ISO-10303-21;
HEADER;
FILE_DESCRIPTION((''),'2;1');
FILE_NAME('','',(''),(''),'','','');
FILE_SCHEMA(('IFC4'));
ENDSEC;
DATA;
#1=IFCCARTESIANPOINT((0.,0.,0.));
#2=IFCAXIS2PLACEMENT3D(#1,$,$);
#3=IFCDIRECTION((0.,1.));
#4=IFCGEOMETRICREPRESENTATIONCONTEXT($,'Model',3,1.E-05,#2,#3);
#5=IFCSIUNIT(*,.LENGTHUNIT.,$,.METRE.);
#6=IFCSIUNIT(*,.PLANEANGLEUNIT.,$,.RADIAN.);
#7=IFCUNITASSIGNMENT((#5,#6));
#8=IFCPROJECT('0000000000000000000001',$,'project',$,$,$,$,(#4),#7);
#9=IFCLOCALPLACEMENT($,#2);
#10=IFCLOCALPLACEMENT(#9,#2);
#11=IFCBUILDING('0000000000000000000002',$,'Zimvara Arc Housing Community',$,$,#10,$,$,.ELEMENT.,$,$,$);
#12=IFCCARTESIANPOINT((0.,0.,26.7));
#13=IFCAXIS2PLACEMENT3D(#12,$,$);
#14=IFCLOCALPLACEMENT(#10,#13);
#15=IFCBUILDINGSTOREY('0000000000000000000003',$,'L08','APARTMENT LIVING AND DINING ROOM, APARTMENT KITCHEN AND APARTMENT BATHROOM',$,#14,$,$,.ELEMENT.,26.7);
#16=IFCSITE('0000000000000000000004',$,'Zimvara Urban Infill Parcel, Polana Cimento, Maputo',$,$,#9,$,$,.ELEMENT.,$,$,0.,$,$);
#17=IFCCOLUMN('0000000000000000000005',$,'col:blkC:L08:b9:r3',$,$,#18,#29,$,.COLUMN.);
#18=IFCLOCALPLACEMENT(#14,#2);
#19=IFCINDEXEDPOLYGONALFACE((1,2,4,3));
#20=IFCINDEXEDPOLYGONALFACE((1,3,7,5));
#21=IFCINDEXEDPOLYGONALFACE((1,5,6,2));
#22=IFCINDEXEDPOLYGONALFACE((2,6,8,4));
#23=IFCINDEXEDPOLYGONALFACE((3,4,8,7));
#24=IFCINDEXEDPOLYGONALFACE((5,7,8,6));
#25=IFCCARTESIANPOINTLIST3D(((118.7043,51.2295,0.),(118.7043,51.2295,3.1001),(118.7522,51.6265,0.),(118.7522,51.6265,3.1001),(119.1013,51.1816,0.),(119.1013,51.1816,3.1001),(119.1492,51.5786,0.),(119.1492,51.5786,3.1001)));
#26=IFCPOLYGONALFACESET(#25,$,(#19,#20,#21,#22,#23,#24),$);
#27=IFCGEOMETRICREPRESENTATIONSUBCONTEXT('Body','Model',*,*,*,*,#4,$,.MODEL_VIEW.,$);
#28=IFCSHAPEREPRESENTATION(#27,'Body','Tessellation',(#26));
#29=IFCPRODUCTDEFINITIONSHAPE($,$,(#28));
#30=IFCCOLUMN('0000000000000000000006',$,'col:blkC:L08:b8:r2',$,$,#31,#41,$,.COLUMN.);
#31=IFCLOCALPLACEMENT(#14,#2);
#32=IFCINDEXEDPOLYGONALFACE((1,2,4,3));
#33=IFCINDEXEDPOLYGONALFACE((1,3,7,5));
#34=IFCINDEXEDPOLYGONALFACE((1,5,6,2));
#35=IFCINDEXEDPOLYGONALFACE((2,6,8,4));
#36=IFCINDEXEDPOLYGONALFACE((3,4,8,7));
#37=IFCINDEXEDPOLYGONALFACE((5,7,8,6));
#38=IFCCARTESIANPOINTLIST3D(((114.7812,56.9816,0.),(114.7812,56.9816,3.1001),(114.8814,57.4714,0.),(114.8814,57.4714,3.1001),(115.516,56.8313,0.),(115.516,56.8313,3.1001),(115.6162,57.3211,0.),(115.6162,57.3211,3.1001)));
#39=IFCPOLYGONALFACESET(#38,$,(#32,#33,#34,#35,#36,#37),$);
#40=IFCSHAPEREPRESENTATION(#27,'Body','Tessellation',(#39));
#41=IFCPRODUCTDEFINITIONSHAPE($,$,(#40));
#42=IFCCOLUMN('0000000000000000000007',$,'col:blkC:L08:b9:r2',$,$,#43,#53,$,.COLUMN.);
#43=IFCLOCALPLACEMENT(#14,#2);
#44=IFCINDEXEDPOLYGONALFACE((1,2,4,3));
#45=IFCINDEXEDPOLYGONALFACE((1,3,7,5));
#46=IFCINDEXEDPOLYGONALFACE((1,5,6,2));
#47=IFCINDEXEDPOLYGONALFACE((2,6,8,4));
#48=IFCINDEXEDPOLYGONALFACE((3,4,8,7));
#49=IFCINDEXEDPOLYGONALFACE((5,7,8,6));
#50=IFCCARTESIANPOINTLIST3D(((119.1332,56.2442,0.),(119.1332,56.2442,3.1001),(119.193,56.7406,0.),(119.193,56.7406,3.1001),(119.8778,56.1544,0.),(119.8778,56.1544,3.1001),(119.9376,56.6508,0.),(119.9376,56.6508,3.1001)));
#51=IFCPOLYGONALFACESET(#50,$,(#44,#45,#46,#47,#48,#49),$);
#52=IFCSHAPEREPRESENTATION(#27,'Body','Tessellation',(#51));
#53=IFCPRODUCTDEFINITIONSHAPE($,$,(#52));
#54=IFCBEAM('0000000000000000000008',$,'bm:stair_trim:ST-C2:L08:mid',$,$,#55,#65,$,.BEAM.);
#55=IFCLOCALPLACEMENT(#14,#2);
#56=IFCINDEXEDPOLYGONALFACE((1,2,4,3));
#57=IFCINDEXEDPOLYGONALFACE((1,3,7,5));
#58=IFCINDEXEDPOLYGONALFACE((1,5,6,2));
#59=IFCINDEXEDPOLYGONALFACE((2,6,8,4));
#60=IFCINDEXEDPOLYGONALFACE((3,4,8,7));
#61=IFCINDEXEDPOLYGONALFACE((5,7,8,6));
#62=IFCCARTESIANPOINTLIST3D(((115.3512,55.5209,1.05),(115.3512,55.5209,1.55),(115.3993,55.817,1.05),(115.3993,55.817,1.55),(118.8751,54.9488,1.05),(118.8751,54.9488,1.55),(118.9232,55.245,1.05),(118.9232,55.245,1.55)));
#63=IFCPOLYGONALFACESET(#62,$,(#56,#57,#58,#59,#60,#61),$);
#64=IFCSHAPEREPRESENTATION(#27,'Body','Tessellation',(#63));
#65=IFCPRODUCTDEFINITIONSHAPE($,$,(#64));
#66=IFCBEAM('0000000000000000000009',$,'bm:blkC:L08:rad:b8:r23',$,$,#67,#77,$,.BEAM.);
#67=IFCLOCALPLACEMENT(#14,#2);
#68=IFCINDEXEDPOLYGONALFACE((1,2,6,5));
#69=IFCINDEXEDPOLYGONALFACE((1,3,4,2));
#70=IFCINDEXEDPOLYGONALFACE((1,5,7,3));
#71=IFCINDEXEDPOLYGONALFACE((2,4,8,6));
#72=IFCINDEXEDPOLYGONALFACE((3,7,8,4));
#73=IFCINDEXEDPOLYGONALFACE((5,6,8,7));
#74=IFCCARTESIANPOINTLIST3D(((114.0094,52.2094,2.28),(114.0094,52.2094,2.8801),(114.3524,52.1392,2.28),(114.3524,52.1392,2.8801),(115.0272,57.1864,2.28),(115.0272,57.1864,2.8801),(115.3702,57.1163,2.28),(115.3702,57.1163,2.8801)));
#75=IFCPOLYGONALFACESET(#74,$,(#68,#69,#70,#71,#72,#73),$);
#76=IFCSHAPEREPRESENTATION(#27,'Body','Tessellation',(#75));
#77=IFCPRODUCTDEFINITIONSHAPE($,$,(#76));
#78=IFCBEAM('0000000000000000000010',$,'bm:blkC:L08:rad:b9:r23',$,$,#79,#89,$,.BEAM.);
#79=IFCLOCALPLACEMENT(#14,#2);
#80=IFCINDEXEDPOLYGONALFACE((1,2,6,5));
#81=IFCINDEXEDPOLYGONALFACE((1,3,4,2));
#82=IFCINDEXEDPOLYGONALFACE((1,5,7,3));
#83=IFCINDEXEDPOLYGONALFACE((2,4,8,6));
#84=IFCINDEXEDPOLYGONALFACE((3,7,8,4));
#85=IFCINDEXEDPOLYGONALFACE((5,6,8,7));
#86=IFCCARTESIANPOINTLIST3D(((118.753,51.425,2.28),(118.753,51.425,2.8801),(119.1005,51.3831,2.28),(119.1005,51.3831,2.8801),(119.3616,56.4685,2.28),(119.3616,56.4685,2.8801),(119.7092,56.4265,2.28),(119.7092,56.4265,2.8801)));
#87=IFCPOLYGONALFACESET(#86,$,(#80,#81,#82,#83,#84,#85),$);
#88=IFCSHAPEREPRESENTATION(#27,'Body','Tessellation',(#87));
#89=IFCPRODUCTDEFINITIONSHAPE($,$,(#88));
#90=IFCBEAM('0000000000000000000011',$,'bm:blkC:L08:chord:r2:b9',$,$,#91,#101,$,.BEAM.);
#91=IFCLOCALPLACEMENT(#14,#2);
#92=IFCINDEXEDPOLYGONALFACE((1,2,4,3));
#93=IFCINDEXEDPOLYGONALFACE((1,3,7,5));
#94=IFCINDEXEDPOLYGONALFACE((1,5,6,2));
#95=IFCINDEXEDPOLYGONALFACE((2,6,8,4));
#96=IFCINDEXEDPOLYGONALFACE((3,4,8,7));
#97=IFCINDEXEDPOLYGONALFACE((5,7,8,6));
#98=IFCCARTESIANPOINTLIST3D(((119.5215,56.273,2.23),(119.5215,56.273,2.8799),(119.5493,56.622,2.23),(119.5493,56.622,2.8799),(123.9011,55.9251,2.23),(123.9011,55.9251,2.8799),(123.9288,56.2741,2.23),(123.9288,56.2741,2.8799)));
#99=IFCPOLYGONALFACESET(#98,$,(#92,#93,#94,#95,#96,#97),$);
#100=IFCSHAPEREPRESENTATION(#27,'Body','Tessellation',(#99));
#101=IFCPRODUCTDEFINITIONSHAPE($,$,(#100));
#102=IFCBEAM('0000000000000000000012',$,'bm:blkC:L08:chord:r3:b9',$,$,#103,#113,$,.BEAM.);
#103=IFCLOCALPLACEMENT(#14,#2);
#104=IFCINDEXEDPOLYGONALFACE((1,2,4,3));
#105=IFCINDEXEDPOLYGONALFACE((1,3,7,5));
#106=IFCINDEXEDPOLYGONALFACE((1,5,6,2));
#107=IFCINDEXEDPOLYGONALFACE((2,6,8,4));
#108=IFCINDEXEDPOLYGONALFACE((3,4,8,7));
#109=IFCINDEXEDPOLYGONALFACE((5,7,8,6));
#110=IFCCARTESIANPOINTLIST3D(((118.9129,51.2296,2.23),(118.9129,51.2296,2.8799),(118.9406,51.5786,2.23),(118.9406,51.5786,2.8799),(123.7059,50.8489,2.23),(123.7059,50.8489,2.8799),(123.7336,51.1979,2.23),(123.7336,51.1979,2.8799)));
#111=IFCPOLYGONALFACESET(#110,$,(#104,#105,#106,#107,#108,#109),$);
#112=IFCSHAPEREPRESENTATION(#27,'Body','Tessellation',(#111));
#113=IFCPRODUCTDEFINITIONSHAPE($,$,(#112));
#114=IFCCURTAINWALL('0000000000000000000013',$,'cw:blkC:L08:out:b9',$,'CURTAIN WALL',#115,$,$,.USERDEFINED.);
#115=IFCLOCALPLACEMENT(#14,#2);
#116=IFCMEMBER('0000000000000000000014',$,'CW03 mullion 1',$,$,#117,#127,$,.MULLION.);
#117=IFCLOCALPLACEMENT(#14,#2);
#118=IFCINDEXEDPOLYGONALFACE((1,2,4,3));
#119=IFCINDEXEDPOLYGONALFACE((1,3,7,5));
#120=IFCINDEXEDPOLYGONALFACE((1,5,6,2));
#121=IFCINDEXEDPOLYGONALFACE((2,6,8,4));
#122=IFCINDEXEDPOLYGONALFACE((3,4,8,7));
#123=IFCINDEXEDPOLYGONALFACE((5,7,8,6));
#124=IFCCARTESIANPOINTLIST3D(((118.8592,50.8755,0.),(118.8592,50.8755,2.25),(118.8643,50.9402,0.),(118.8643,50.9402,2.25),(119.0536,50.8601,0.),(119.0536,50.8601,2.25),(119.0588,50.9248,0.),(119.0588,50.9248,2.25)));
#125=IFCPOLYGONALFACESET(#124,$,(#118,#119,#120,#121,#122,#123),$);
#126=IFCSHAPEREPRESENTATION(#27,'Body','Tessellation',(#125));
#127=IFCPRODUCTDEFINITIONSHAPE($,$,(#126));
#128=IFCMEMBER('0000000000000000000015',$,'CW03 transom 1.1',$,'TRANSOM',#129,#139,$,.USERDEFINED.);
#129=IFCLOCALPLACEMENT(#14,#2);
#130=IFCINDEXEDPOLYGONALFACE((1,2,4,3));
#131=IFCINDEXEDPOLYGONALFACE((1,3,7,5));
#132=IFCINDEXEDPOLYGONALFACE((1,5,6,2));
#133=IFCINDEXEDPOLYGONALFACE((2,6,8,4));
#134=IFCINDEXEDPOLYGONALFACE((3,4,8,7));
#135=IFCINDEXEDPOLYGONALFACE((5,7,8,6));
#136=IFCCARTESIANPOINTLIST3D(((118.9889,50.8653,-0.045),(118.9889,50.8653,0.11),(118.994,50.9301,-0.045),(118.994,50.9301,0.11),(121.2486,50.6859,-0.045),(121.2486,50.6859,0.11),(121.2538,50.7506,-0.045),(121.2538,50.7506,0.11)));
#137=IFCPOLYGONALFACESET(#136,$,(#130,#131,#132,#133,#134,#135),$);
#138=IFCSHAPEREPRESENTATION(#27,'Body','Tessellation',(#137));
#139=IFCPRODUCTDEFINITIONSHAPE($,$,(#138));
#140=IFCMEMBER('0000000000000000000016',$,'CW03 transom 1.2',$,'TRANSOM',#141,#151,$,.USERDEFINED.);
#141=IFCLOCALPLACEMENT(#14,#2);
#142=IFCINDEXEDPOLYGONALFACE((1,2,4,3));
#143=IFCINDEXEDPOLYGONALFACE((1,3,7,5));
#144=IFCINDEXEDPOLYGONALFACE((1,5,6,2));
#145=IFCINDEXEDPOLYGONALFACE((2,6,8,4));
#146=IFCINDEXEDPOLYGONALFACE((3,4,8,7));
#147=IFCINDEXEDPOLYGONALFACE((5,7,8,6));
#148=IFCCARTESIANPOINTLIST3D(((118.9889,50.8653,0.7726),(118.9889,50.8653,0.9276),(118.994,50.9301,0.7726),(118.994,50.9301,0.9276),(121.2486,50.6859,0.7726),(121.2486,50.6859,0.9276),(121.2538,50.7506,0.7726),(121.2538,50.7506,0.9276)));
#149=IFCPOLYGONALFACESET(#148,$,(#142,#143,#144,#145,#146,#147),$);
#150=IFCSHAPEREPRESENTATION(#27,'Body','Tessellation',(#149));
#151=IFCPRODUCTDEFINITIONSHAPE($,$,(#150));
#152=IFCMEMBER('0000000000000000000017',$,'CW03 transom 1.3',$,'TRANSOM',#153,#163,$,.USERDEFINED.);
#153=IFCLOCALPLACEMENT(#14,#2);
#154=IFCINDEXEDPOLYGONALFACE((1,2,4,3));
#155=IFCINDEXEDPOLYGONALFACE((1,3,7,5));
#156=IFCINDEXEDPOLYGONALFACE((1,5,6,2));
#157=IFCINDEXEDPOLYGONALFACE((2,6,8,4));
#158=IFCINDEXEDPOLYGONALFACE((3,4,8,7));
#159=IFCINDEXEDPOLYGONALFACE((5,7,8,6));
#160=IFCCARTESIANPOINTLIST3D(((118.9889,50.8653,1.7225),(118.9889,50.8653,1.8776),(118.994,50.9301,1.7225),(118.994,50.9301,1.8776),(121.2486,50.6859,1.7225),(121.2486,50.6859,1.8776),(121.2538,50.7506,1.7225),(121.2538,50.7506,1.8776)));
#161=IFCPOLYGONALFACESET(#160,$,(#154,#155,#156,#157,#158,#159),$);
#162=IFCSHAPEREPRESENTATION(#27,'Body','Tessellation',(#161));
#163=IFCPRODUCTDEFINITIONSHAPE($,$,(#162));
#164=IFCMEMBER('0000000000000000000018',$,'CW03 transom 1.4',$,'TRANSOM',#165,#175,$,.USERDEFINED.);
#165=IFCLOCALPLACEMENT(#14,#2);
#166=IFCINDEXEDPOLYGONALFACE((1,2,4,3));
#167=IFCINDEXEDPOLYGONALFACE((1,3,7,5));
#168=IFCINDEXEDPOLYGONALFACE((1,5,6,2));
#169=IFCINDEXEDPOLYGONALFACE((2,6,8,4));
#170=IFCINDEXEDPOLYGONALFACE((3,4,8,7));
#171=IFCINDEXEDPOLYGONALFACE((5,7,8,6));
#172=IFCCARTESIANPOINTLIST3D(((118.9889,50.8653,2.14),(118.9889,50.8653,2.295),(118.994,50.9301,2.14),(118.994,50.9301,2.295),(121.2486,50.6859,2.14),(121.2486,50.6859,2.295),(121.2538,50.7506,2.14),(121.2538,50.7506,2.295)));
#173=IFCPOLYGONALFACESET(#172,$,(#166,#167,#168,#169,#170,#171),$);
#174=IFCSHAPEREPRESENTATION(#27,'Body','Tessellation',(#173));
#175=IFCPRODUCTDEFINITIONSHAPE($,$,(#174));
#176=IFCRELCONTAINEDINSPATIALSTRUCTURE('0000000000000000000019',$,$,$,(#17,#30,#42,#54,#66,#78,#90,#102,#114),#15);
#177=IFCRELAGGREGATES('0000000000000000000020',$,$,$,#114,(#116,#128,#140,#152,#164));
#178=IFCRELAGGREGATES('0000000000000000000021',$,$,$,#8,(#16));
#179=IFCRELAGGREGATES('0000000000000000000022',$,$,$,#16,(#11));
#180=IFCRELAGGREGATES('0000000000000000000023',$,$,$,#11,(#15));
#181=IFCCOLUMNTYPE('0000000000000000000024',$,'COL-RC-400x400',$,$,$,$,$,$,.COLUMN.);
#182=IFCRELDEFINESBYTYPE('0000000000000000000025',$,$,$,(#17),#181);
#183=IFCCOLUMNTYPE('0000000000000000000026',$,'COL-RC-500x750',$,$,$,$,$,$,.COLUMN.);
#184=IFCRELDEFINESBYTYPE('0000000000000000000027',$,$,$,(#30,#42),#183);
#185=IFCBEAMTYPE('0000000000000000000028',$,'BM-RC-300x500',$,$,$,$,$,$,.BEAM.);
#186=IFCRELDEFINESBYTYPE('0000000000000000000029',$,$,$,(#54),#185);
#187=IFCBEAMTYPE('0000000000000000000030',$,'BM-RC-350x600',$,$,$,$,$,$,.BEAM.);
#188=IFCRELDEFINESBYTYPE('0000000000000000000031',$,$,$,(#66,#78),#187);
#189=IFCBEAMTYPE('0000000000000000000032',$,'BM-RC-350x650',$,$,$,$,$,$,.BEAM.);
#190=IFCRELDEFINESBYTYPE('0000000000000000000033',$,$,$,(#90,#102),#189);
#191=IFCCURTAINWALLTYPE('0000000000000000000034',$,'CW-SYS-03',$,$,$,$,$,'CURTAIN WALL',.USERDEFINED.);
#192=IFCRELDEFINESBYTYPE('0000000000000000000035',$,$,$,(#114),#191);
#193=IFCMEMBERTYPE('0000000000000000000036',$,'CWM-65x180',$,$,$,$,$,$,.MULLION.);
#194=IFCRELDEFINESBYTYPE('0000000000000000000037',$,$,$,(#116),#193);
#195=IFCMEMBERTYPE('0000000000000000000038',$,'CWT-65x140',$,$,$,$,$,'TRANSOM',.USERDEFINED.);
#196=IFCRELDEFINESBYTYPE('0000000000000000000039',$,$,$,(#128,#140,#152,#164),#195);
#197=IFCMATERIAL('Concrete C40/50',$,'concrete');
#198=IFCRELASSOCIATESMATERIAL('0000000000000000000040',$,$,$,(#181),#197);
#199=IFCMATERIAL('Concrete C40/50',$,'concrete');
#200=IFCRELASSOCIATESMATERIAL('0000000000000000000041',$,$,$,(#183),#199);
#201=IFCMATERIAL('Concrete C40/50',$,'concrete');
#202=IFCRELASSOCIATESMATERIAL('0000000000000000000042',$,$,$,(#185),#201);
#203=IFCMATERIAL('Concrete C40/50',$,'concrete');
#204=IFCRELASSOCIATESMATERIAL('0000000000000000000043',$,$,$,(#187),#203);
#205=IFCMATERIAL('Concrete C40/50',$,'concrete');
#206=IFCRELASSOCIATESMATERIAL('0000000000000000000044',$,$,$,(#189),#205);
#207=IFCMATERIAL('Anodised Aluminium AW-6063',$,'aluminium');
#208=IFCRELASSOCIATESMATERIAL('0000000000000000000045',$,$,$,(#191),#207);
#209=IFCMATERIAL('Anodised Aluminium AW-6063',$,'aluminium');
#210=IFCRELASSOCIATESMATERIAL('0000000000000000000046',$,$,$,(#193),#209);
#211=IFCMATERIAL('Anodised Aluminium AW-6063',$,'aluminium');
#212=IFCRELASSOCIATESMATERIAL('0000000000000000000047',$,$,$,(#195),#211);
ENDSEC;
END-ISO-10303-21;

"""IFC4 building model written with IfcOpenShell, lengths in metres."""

from ifc_helpers import new_model, si_unit, direction, frame, origin, origin_2d, place, context, subcontext, project, spatial, rectangle, extrude, material, material_profile, profile_set, type_object, element, aggregate, save


model = new_model("IFC4")

# Units and contexts
model_context = context("Model", 3, precision=1e-05, world=origin(), true_north=direction((0.0, 1.0)))
body_context = subcontext(model_context, "Body", "Model", "MODEL_VIEW")
ifc_project = project(units=[si_unit("LENGTHUNIT", "METRE"), si_unit("PLANEANGLEUNIT", "RADIAN")], contexts=[model_context])

# Site, building, storey
site_placement = place(None, origin())
site = spatial("IfcSite", under=ifc_project, at=site_placement, Name="Zimvara Urban Infill Parcel, Polana Cimento, Maputo", CompositionType="ELEMENT", RefElevation=0.0)
building_placement = place(site_placement, origin())
building = spatial("IfcBuilding", under=site, at=building_placement, Name="Zimvara Arc Housing Community", CompositionType="ELEMENT")
storey_placement = place(building_placement, frame((0.0, 0.0, 26.7)))
storey = spatial("IfcBuildingStorey", under=building, at=storey_placement, Name="L08", Description="APARTMENT LIVING AND DINING ROOM, APARTMENT KITCHEN AND APARTMENT BATHROOM", CompositionType="ELEMENT", Elevation=26.7)

# Columns
ifc_material_1 = material(Name="Concrete C40/50", Category="concrete")
ifc_material_profile_1 = material_profile(ifc_material_1, rectangle(XDim=0.3999, YDim=0.3999, at=origin_2d()), Name="RC 400x400")
ifc_profile_set_1 = profile_set([ifc_material_profile_1], Name="Concrete C40/50")
column_type_1 = type_object("IfcColumnType", Name="COL-RC-400x400", PredefinedType="COLUMN", material=ifc_profile_set_1)
column_placement = place(storey_placement, frame((118.9268, 51.4041, 0.0), z_axis=(0.0, 0.0, 1.0), x_axis=(-0.11979, -0.992799, 0.0)))
element("IfcColumn", 1, at=column_placement, inside=storey, type_object=column_type_1, Name="col:blkC:L08:b9:r3", PredefinedType="COLUMN", context=body_context, shape_type="SweptSolid", body=[
    extrude(rectangle(XDim=0.3999, YDim=0.3999, at=origin_2d()), origin(), (0.0, 0.0, 1.0), 3.1001),
])
ifc_material_2 = material(Name="Concrete C40/50", Category="concrete")
ifc_material_profile_2 = material_profile(ifc_material_2, rectangle(XDim=0.5, YDim=0.75, at=origin_2d()), Name="RC 500x750")
ifc_profile_set_2 = profile_set([ifc_material_profile_2], Name="Concrete C40/50")
column_type_2 = type_object("IfcColumnType", Name="COL-RC-500x750", PredefinedType="COLUMN", material=ifc_profile_set_2)
for number, where, z_axis, x_axis, name in (
    (2, (115.1987, 57.1514, 0.0), (0.0, 0.0, 1.0), (-0.200394, -0.979715, 0.0), "col:blkC:L08:b8:r2"),
    (3, (119.5354, 56.4475, 0.0), (0.0, 0.0, 1.0), (-0.11979, -0.992799, 0.0), "col:blkC:L08:b9:r2"),
):
    element("IfcColumn", number, at=place(storey_placement, frame(where, z_axis=z_axis, x_axis=x_axis)), inside=storey, type_object=column_type_2, Name=name, PredefinedType="COLUMN", context=body_context, shape_type="SweptSolid", body=[
        extrude(rectangle(XDim=0.5, YDim=0.75, at=origin_2d()), origin(), (0.0, 0.0, 1.0), 3.1001),
    ])

# Beams
ifc_material_3 = material(Name="Concrete C40/50", Category="concrete")
ifc_material_profile_3 = material_profile(ifc_material_3, rectangle(XDim=0.3, YDim=0.5, at=origin_2d()), Name="RC 300x500")
ifc_profile_set_3 = profile_set([ifc_material_profile_3], Name="Concrete C40/50")
beam_type_1 = type_object("IfcBeamType", Name="BM-RC-300x500", PredefinedType="BEAM", material=ifc_profile_set_3)
beam_1_placement = place(storey_placement, frame((115.3752, 55.6689, 1.3), z_axis=(0.98708, -0.160228, 0.0), x_axis=(0.160228, 0.98708, 0.0)))
element("IfcBeam", 4, at=beam_1_placement, inside=storey, type_object=beam_type_1, Name="bm:stair_trim:ST-C2:L08:mid", PredefinedType="BEAM", context=body_context, shape_type="SweptSolid", body=[
    extrude(rectangle(XDim=0.3, YDim=0.5, at=origin_2d()), origin(), (0.0, 0.0, 1.0), 3.5701),
])
ifc_material_4 = material(Name="Concrete C40/50", Category="concrete")
ifc_material_profile_4 = material_profile(ifc_material_4, rectangle(XDim=0.3501, YDim=0.6001, at=origin_2d()), Name="RC 350x600")
ifc_profile_set_4 = profile_set([ifc_material_profile_4], Name="Concrete C40/50")
beam_type_2 = type_object("IfcBeamType", Name="BM-RC-350x600", PredefinedType="BEAM", material=ifc_profile_set_4)
for number, where, z_axis, x_axis, name in (
    (5, (115.1987, 57.1514, 2.5801), (-0.200356, -0.979723, 0.0), (0.979723, -0.200356, 0.0), "bm:blkC:L08:rad:b8:r23"),
    (6, (119.5354, 56.4475, 2.5801), (-0.11981, -0.992797, 0.0), (0.992797, -0.11981, 0.0), "bm:blkC:L08:rad:b9:r23"),
):
    element("IfcBeam", number, at=place(storey_placement, frame(where, z_axis=z_axis, x_axis=x_axis)), inside=storey, type_object=beam_type_2, Name=name, PredefinedType="BEAM", context=body_context, shape_type="SweptSolid", body=[
        extrude(rectangle(XDim=0.3501, YDim=0.6001, at=origin_2d()), origin(), (0.0, 0.0, 1.0), 5.0801),
    ])
ifc_material_5 = material(Name="Concrete C40/50", Category="concrete")
ifc_material_profile_5 = material_profile(ifc_material_5, rectangle(XDim=0.3501, YDim=0.6499, at=origin_2d()), Name="RC 350x650")
ifc_profile_set_5 = profile_set([ifc_material_profile_5], Name="Concrete C40/50")
beam_type_3 = type_object("IfcBeamType", Name="BM-RC-350x650", PredefinedType="BEAM", material=ifc_profile_set_5)
beam_2_placement = place(storey_placement, frame((119.5354, 56.4475, 2.5549), z_axis=(0.996859, -0.079191, 0.0), x_axis=(0.079191, 0.996859, 0.0)))
element("IfcBeam", 7, at=beam_2_placement, inside=storey, type_object=beam_type_3, Name="bm:blkC:L08:chord:r2:b9", PredefinedType="BEAM", context=body_context, shape_type="SweptSolid", body=[
    extrude(rectangle(XDim=0.3501, YDim=0.6499, at=origin_2d()), origin(), (0.0, 0.0, 1.0), 4.3933),
])
beam_3_placement = place(storey_placement, frame((118.9268, 51.4041, 2.5549), z_axis=(0.996862, -0.079162, 0.0), x_axis=(0.079162, 0.996862, 0.0)))
element("IfcBeam", 8, at=beam_3_placement, inside=storey, type_object=beam_type_3, Name="bm:blkC:L08:chord:r3:b9", PredefinedType="BEAM", context=body_context, shape_type="SweptSolid", body=[
    extrude(rectangle(XDim=0.3501, YDim=0.6499, at=origin_2d()), origin(), (0.0, 0.0, 1.0), 4.8081),
])

# Curtain wall, members
ifc_material_6 = material(Name="Anodised Aluminium AW-6063", Category="aluminium")
curtain_wall_type = type_object("IfcCurtainWallType", Name="CW-SYS-03", ElementType="CURTAIN WALL", PredefinedType="USERDEFINED", material=ifc_material_6)
curtain_wall_placement = place(storey_placement, origin())
curtain_wall = element("IfcCurtainWall", 9, at=curtain_wall_placement, inside=storey, type_object=curtain_wall_type, Name="cw:blkC:L08:out:b9", ObjectType="CURTAIN WALL", PredefinedType="USERDEFINED")
ifc_material_7 = material(Name="Anodised Aluminium AW-6063", Category="aluminium")
ifc_material_profile_6 = material_profile(ifc_material_7, rectangle(XDim=0.0649, YDim=0.1951, at=origin_2d()), Name="ALU 65x195")
ifc_profile_set_6 = profile_set([ifc_material_profile_6], Name="Anodised Aluminium AW-6063")
member_type_1 = type_object("IfcMemberType", Name="CWM-65x180", PredefinedType="MULLION", material=ifc_profile_set_6)
member_1_placement = place(storey_placement, frame((118.959, 50.9001, 0.0), z_axis=(0.0, 0.0, 1.0), x_axis=(0.079154, 0.996862, 0.0)))
member_1 = element("IfcMember", 10, at=member_1_placement, type_object=member_type_1, Name="CW03 mullion 1", PredefinedType="MULLION", context=body_context, shape_type="SweptSolid", body=[
    extrude(rectangle(XDim=0.0649, YDim=0.1951, at=origin_2d()), origin(), (0.0, 0.0, 1.0), 2.25),
])
ifc_material_8 = material(Name="Anodised Aluminium AW-6063", Category="aluminium")
ifc_material_profile_7 = material_profile(ifc_material_8, rectangle(XDim=0.0649, YDim=0.155, at=origin_2d()), Name="ALU 65x155")
ifc_profile_set_7 = profile_set([ifc_material_profile_7], Name="Anodised Aluminium AW-6063")
member_type_2 = type_object("IfcMemberType", Name="CWT-65x140", ElementType="TRANSOM", PredefinedType="USERDEFINED", material=ifc_profile_set_7)
member_2_placement = place(storey_placement, frame((118.9915, 50.8977, 0.0325), z_axis=(0.996862, -0.079159, 0.0), x_axis=(0.079159, 0.996862, 0.0)))
member_2 = element("IfcMember", 11, at=member_2_placement, type_object=member_type_2, Name="CW03 transom 1.1", ObjectType="TRANSOM", PredefinedType="USERDEFINED", context=body_context, shape_type="SweptSolid", body=[
    extrude(rectangle(XDim=0.0649, YDim=0.155, at=origin_2d()), origin(), (0.0, 0.0, 1.0), 2.2668),
])
member_3_placement = place(storey_placement, frame((118.9915, 50.8977, 0.8501), z_axis=(0.996862, -0.079159, 0.0), x_axis=(0.079159, 0.996862, 0.0)))
member_3 = element("IfcMember", 12, at=member_3_placement, type_object=member_type_2, Name="CW03 transom 1.2", ObjectType="TRANSOM", PredefinedType="USERDEFINED", context=body_context, shape_type="SweptSolid", body=[
    extrude(rectangle(XDim=0.0649, YDim=0.155, at=origin_2d()), origin(), (0.0, 0.0, 1.0), 2.2668),
])
member_4_placement = place(storey_placement, frame((118.9915, 50.8977, 1.8), z_axis=(0.996862, -0.079159, 0.0), x_axis=(0.079159, 0.996862, 0.0)))
member_4 = element("IfcMember", 13, at=member_4_placement, type_object=member_type_2, Name="CW03 transom 1.3", ObjectType="TRANSOM", PredefinedType="USERDEFINED", context=body_context, shape_type="SweptSolid", body=[
    extrude(rectangle(XDim=0.0649, YDim=0.155, at=origin_2d()), origin(), (0.0, 0.0, 1.0), 2.2668),
])
member_5_placement = place(storey_placement, frame((118.9915, 50.8977, 2.2175), z_axis=(0.996862, -0.079159, 0.0), x_axis=(0.079159, 0.996862, 0.0)))
member_5 = element("IfcMember", 14, at=member_5_placement, type_object=member_type_2, Name="CW03 transom 1.4", ObjectType="TRANSOM", PredefinedType="USERDEFINED", context=body_context, shape_type="SweptSolid", body=[
    extrude(rectangle(XDim=0.0649, YDim=0.155, at=origin_2d()), origin(), (0.0, 0.0, 1.0), 2.2668),
])
aggregate(curtain_wall, [member_1, member_2, member_3, member_4, member_5])

save(model, "model.ifc")
